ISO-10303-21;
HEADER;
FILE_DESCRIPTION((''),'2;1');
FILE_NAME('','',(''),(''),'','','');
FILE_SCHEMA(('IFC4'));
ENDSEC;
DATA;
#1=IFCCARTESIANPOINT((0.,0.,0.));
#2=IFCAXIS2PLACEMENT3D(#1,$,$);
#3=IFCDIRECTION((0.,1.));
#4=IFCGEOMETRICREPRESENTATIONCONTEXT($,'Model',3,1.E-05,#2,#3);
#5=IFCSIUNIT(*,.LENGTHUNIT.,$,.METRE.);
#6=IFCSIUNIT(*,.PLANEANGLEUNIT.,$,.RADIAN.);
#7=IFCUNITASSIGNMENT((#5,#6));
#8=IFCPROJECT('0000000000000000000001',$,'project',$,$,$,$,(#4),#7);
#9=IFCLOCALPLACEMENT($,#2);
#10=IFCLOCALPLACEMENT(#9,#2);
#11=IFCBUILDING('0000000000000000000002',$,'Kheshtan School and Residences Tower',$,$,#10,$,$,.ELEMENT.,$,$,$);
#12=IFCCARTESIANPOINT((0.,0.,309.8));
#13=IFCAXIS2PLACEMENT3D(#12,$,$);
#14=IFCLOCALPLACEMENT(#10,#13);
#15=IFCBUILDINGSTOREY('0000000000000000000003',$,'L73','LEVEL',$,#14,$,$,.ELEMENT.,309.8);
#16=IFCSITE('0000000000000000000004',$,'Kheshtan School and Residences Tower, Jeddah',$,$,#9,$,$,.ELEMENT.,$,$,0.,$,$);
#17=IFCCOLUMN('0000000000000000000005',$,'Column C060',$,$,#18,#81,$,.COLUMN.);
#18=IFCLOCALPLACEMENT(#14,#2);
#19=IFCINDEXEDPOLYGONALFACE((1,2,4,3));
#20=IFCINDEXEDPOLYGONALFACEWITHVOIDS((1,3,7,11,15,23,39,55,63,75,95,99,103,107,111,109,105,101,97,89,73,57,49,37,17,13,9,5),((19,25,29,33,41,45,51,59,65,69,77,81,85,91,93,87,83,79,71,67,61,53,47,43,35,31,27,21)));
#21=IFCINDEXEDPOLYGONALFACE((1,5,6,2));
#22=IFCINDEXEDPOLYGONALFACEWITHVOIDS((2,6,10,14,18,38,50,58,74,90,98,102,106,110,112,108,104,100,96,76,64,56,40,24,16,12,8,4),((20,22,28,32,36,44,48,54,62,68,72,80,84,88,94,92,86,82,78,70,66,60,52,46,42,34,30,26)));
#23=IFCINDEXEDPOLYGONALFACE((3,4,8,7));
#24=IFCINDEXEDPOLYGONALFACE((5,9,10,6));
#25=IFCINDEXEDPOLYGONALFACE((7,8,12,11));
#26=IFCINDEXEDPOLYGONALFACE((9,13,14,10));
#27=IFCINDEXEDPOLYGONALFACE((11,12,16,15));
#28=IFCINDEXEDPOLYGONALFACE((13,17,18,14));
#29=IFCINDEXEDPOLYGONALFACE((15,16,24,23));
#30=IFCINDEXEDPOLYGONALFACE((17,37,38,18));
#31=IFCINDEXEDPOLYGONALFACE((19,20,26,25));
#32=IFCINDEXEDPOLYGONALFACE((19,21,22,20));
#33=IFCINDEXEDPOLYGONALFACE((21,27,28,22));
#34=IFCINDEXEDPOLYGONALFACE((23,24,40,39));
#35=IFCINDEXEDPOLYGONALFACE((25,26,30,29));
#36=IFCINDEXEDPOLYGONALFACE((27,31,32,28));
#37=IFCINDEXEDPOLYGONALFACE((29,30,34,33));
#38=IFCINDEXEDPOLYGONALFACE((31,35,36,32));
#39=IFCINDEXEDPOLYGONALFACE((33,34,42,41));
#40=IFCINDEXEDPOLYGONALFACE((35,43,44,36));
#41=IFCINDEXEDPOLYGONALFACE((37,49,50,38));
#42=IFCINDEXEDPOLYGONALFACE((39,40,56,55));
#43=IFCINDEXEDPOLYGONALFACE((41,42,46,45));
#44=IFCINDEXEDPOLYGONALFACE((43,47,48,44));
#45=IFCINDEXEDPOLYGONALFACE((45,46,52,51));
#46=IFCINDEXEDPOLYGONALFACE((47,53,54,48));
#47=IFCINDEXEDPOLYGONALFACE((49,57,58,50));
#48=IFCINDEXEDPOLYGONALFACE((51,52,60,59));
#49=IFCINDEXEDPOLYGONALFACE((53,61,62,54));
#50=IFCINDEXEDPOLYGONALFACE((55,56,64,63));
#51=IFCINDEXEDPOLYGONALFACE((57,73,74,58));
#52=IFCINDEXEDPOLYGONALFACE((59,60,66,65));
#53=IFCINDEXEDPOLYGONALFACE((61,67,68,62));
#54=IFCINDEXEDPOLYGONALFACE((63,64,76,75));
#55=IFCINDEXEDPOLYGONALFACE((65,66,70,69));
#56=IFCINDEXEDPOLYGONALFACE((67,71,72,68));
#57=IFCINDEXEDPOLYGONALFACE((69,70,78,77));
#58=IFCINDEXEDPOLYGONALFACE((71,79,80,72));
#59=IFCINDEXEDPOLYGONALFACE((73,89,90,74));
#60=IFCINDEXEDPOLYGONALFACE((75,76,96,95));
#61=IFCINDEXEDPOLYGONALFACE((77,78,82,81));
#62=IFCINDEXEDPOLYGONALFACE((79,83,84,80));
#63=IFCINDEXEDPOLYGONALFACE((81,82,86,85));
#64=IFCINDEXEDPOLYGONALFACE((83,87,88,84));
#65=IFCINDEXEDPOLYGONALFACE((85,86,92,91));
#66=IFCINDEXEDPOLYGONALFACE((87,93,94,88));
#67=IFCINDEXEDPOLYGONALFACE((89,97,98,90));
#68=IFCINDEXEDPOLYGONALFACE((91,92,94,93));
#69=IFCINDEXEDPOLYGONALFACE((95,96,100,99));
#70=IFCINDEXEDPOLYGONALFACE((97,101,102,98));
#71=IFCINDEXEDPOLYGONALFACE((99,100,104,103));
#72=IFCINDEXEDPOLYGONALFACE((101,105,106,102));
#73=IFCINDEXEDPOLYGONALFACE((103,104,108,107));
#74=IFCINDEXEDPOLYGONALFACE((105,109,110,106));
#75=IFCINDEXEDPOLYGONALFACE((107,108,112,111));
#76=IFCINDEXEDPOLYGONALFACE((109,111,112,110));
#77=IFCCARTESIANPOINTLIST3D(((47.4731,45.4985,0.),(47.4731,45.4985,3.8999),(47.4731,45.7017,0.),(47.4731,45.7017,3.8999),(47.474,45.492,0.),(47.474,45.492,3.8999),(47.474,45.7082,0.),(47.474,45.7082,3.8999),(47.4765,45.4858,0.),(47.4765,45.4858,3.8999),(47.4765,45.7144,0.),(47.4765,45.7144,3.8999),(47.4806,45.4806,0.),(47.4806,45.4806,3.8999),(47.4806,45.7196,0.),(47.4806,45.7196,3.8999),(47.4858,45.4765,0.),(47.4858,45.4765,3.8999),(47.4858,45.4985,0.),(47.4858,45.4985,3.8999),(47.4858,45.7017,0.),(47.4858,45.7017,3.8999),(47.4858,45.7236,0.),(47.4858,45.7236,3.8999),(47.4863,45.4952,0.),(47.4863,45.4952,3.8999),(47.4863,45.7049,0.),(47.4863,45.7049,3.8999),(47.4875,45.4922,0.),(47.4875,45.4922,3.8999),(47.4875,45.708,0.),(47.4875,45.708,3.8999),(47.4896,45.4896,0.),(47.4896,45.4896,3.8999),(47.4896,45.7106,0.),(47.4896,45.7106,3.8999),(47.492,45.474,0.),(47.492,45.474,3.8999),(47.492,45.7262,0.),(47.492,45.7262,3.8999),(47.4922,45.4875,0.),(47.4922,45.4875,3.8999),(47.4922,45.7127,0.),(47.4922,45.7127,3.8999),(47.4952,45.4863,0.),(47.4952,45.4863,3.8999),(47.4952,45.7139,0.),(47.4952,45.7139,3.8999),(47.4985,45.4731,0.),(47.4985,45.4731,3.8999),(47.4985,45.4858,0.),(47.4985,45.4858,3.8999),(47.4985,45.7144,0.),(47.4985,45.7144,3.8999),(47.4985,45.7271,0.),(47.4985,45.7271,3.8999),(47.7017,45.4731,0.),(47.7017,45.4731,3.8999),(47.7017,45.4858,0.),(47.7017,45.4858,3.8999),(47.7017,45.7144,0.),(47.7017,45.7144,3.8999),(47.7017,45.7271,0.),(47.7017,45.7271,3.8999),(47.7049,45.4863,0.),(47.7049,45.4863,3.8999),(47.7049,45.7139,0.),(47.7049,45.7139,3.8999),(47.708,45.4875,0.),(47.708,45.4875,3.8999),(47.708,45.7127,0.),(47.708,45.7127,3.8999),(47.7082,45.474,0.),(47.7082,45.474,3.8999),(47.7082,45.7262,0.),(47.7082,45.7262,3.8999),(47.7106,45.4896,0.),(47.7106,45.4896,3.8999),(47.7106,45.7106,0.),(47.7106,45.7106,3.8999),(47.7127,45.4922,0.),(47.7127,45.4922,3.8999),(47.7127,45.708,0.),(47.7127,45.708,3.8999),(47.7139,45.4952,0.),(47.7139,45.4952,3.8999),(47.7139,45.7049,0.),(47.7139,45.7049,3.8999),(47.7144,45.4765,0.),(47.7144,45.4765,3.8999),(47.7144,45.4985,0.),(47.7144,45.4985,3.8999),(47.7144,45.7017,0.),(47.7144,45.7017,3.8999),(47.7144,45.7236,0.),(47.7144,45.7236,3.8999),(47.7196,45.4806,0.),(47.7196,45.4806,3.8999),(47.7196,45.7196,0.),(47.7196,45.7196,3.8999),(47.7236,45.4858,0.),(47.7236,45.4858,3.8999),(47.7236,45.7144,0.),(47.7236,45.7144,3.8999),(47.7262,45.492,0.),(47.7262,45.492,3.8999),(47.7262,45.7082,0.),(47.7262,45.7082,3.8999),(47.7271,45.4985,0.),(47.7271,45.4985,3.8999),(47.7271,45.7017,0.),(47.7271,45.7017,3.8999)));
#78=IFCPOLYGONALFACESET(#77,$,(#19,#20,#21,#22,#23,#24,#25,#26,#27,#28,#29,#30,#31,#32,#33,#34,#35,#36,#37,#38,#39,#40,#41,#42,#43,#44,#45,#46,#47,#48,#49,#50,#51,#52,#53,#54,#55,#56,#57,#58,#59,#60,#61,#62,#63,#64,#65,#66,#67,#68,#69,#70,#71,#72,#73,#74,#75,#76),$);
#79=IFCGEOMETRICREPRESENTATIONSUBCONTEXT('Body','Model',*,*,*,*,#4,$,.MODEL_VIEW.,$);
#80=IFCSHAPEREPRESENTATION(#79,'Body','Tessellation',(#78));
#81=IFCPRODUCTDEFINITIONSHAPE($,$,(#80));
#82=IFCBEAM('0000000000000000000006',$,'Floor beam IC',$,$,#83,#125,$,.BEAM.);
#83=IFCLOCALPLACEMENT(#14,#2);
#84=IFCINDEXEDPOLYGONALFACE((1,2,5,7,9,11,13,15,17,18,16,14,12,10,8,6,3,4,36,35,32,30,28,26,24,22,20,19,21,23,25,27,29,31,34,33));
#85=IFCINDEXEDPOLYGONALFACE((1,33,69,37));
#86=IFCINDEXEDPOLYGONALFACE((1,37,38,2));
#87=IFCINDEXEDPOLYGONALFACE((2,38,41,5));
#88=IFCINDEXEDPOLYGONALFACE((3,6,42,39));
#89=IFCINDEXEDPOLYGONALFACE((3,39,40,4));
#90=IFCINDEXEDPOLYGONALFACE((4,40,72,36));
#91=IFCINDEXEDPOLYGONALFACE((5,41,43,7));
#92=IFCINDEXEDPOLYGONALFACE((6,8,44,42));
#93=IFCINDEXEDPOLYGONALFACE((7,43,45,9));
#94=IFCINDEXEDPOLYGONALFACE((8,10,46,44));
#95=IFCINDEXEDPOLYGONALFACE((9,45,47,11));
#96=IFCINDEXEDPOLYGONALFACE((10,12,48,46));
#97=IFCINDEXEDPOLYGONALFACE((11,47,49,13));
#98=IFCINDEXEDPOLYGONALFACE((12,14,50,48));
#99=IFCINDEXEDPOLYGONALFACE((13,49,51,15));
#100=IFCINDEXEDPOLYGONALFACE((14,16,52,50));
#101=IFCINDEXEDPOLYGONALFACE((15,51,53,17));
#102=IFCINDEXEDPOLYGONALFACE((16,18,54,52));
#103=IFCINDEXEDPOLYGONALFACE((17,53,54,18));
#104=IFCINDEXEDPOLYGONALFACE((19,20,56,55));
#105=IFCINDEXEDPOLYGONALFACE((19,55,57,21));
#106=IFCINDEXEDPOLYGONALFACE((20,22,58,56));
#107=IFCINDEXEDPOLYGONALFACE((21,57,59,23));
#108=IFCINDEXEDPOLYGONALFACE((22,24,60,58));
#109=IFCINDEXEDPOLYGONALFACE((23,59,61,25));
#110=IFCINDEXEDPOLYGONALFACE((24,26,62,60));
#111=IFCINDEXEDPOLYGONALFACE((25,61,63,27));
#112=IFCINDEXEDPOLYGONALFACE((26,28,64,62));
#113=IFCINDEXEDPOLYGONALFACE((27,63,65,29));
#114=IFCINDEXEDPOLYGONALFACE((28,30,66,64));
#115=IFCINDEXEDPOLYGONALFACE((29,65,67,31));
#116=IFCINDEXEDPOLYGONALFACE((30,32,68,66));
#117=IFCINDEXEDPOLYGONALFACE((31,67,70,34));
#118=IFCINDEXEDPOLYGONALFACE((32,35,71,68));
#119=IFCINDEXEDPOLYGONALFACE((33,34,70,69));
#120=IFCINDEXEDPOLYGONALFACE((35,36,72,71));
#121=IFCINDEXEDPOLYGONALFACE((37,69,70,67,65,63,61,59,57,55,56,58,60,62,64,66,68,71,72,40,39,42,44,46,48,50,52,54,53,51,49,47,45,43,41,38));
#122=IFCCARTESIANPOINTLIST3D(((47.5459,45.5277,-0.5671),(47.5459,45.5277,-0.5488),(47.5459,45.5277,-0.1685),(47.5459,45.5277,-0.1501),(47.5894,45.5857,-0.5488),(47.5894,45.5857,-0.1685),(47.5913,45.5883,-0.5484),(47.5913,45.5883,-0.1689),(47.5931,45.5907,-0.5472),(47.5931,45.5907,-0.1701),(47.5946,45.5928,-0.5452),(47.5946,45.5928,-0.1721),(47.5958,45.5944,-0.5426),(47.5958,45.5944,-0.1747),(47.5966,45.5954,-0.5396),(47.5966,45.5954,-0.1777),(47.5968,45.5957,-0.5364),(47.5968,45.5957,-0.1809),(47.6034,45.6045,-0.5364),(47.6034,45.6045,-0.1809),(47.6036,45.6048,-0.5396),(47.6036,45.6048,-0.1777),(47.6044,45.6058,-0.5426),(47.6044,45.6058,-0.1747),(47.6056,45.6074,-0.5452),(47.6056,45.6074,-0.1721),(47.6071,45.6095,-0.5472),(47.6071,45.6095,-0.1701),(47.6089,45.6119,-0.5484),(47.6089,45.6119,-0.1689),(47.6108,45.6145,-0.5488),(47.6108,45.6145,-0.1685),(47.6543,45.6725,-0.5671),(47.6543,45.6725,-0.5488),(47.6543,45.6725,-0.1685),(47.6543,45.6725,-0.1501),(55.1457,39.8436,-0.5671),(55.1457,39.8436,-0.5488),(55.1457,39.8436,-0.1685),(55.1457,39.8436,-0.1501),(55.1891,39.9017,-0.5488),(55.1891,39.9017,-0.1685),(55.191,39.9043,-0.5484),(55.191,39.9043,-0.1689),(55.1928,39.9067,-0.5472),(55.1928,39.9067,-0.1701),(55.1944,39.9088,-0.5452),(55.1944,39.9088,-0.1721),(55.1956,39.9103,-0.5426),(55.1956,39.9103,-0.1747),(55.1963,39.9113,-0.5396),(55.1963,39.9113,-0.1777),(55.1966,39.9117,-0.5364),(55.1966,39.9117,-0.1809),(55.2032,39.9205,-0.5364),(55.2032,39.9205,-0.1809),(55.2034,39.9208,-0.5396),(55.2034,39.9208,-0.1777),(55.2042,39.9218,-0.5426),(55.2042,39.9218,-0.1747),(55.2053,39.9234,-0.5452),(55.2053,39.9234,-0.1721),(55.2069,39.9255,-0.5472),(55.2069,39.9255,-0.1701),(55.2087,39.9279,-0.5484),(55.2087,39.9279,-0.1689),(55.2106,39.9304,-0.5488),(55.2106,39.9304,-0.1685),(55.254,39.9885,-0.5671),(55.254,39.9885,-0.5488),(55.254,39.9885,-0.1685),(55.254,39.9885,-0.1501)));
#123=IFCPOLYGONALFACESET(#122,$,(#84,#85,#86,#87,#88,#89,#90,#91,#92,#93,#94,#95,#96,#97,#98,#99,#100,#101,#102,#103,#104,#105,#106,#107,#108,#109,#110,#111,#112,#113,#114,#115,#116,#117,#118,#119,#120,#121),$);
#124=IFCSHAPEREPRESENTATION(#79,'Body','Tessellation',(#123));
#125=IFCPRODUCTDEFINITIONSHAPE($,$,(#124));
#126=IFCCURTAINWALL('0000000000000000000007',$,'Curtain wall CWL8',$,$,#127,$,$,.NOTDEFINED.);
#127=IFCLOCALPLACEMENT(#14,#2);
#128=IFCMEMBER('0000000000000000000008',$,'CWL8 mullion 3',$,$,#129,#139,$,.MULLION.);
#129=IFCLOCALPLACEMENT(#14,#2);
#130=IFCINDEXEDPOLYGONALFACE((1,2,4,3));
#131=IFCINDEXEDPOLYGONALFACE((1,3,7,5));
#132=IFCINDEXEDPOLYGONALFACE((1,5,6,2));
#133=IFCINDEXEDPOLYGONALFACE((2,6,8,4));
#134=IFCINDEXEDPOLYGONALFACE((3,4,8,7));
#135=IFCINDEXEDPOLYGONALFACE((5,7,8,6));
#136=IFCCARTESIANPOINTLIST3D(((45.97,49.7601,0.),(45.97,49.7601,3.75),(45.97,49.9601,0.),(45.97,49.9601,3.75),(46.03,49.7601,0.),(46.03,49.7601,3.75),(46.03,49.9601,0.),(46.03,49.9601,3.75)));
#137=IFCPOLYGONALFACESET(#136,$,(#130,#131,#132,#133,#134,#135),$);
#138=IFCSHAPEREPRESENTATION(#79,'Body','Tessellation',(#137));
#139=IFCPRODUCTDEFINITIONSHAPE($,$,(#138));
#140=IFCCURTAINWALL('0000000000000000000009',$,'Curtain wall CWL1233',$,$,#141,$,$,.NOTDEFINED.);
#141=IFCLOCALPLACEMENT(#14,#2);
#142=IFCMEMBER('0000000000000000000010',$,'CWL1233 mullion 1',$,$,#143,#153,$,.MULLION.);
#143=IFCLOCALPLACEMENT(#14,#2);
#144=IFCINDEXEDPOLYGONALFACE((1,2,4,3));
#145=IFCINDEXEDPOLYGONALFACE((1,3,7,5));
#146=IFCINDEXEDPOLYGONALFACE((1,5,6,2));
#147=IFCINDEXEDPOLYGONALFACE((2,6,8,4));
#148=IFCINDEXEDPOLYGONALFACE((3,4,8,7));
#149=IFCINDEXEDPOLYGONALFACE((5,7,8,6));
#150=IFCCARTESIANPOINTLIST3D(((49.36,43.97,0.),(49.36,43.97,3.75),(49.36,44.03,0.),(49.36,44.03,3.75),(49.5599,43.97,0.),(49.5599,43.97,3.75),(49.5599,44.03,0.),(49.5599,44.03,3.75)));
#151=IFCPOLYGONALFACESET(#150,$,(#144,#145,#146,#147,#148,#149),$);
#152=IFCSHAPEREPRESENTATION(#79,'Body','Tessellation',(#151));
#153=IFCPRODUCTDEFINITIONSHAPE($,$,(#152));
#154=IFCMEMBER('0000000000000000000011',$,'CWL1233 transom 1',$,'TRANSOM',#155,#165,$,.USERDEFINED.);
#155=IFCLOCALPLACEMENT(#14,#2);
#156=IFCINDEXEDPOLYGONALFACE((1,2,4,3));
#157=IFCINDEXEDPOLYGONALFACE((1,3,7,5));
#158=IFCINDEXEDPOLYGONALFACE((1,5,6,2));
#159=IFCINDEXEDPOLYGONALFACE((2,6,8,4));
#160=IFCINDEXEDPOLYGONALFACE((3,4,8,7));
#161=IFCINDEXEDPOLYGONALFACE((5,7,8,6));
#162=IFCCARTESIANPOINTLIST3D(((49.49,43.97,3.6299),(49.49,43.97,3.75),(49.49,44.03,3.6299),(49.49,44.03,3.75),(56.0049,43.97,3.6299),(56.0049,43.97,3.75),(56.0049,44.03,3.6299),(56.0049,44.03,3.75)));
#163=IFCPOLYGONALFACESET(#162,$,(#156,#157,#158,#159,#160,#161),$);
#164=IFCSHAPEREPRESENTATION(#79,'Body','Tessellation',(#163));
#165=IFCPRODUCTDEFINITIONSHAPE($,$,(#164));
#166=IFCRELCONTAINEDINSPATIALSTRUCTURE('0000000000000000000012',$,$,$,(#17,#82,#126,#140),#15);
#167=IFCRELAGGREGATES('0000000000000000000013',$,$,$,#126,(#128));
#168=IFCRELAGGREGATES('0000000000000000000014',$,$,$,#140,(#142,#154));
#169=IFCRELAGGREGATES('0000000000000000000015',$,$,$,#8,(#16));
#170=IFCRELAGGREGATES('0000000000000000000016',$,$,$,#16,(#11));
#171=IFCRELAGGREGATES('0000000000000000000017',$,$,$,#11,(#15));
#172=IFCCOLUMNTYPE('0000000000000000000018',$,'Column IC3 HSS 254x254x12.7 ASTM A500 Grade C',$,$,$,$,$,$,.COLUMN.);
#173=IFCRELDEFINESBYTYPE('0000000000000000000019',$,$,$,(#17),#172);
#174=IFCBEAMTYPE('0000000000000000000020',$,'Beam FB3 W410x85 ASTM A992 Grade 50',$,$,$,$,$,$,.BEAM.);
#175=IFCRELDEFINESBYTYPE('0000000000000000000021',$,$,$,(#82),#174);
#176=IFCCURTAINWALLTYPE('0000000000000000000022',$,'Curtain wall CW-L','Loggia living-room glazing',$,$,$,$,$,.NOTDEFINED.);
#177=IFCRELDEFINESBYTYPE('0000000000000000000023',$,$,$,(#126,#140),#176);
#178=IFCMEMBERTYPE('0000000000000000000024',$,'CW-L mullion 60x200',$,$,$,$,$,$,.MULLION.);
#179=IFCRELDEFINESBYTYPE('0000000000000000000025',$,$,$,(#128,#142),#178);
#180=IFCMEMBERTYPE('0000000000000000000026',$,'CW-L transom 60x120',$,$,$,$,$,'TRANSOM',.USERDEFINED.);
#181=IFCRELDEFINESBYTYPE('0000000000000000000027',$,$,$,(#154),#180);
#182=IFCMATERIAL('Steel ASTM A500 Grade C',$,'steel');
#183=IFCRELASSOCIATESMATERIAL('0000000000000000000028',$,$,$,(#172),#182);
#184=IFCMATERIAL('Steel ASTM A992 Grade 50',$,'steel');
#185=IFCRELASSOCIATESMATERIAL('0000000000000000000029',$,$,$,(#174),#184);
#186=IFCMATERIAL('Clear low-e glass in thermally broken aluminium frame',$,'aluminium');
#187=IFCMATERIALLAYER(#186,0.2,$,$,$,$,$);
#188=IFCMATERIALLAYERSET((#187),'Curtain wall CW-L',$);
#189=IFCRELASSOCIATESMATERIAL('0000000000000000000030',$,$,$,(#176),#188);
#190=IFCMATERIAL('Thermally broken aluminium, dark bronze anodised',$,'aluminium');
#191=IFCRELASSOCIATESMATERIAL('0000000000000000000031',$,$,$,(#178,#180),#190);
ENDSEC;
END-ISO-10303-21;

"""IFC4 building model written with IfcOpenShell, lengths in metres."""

from ifc_helpers import new_model, si_unit, direction, frame, origin, origin_2d, place, context, subcontext, project, spatial, rectangle, hollow_rectangle, i_section, extrude, material, layer, layer_set, material_profile, profile_set, type_object, element, aggregate, save


model = new_model("IFC4")

# Units and contexts
model_context = context("Model", 3, precision=1e-05, world=origin(), true_north=direction((0.0, 1.0)))
body_context = subcontext(model_context, "Body", "Model", "MODEL_VIEW")
ifc_project = project(units=[si_unit("LENGTHUNIT", "METRE"), si_unit("PLANEANGLEUNIT", "RADIAN")], contexts=[model_context])

# Site, building, storey
site_placement = place(None, origin())
site = spatial("IfcSite", under=ifc_project, at=site_placement, Name="Kheshtan School and Residences Tower, Jeddah", CompositionType="ELEMENT", RefElevation=0.0)
building_placement = place(site_placement, origin())
building = spatial("IfcBuilding", under=site, at=building_placement, Name="Kheshtan School and Residences Tower", CompositionType="ELEMENT")
storey_placement = place(building_placement, frame((0.0, 0.0, 309.8)))
storey = spatial("IfcBuildingStorey", under=building, at=storey_placement, Name="L73", Description="LEVEL", CompositionType="ELEMENT", Elevation=309.8)

# Column
ifc_material_1 = material(Name="Steel ASTM A500 Grade C", Category="steel")
ifc_material_profile_1 = material_profile(ifc_material_1, hollow_rectangle(XDim=0.2539, YDim=0.2539, WallThickness=0.0127, InnerFilletRadius=0.0127, OuterFilletRadius=0.0254, at=origin_2d()), Name="HSS 254x254x12.7")
ifc_profile_set_1 = profile_set([ifc_material_profile_1], Name="Steel ASTM A500 Grade C")
column_type = type_object("IfcColumnType", Name="Column IC3 HSS 254x254x12.7 ASTM A500 Grade C", PredefinedType="COLUMN", material=ifc_profile_set_1)
column_placement = place(storey_placement, frame((47.6001, 45.6001, 0.0), z_axis=(0.0, 0.0, 1.0), x_axis=(1.0, 0.0, 0.0)))
element("IfcColumn", 1, at=column_placement, inside=storey, type_object=column_type, Name="Column C060", PredefinedType="COLUMN", context=body_context, shape_type="SweptSolid", body=[
    extrude(hollow_rectangle(XDim=0.2539, YDim=0.2539, WallThickness=0.0127, InnerFilletRadius=0.0127, OuterFilletRadius=0.0254, at=origin_2d()), origin(), (0.0, 0.0, 1.0), 3.8999),
])

# Beam
ifc_material_2 = material(Name="Steel ASTM A992 Grade 50", Category="steel")
ifc_material_profile_2 = material_profile(ifc_material_2, i_section(OverallWidth=0.1809, OverallDepth=0.417, WebThickness=0.011, FlangeThickness=0.0183, FilletRadius=0.0125, at=origin_2d()), Name="W410x85")
ifc_profile_set_2 = profile_set([ifc_material_profile_2], Name="Steel ASTM A992 Grade 50")
beam_type = type_object("IfcBeamType", Name="Beam FB3 W410x85 ASTM A992 Grade 50", PredefinedType="BEAM", material=ifc_profile_set_2)
beam_placement = place(storey_placement, frame((47.6001, 45.6001, -0.3586), z_axis=(0.800799, -0.598933, 0.0), x_axis=(0.598933, 0.800799, 0.0)))
element("IfcBeam", 2, at=beam_placement, inside=storey, type_object=beam_type, Name="Floor beam IC", PredefinedType="BEAM", context=body_context, shape_type="SweptSolid", body=[
    extrude(i_section(OverallWidth=0.1809, OverallDepth=0.417, WebThickness=0.011, FlangeThickness=0.0183, FilletRadius=0.0125, at=origin_2d()), origin(), (0.0, 0.0, 1.0), 9.4902),
])

# Curtain wall, member
ifc_material_3 = material(Name="Clear low-e glass in thermally broken aluminium frame", Category="aluminium")
ifc_layer_1 = layer(ifc_material_3, 0.2)
ifc_layer_set_1 = layer_set([ifc_layer_1], Name="Curtain wall CW-L")
curtain_wall_type = type_object("IfcCurtainWallType", Name="Curtain wall CW-L", Description="Loggia living-room glazing", PredefinedType="NOTDEFINED", material=ifc_layer_set_1)
curtain_wall_1_placement = place(storey_placement, origin())
curtain_wall_1 = element("IfcCurtainWall", 3, at=curtain_wall_1_placement, inside=storey, type_object=curtain_wall_type, Name="Curtain wall CWL8", PredefinedType="NOTDEFINED")
ifc_material_4 = material(Name="Thermally broken aluminium, dark bronze anodised", Category="aluminium")
ifc_material_profile_3 = material_profile(ifc_material_4, rectangle(XDim=0.0601, YDim=0.2, at=origin_2d()), Name="CW-L mullion 60x200")
ifc_profile_set_3 = profile_set([ifc_material_profile_3], Name="Thermally broken aluminium, dark bronze anodised")
member_type_1 = type_object("IfcMemberType", Name="CW-L mullion 60x200", PredefinedType="MULLION", material=ifc_profile_set_3)
member_1_placement = place(storey_placement, frame((46.0, 49.8601, 0.0), z_axis=(0.0, 0.0, 1.0), x_axis=(1.0, 0.0, 0.0)))
member_1 = element("IfcMember", 4, at=member_1_placement, type_object=member_type_1, Name="CWL8 mullion 3", PredefinedType="MULLION", context=body_context, shape_type="SweptSolid", body=[
    extrude(rectangle(XDim=0.0601, YDim=0.2, at=origin_2d()), origin(), (0.0, 0.0, 1.0), 3.75),
])
aggregate(curtain_wall_1, [member_1])

# Curtain wall, members
curtain_wall_2_placement = place(storey_placement, origin())
curtain_wall_2 = element("IfcCurtainWall", 5, at=curtain_wall_2_placement, inside=storey, type_object=curtain_wall_type, Name="Curtain wall CWL1233", PredefinedType="NOTDEFINED")
member_2_placement = place(storey_placement, frame((49.46, 44.0, 0.0), z_axis=(0.0, 0.0, 1.0), x_axis=(0.0, 1.0, 0.0)))
member_2 = element("IfcMember", 6, at=member_2_placement, type_object=member_type_1, Name="CWL1233 mullion 1", PredefinedType="MULLION", context=body_context, shape_type="SweptSolid", body=[
    extrude(rectangle(XDim=0.0601, YDim=0.2, at=origin_2d()), origin(), (0.0, 0.0, 1.0), 3.75),
])
ifc_material_profile_4 = material_profile(ifc_material_4, rectangle(XDim=0.0601, YDim=0.1201, at=origin_2d()), Name="CW-L transom 60x120")
ifc_profile_set_4 = profile_set([ifc_material_profile_4], Name="Thermally broken aluminium, dark bronze anodised")
member_type_2 = type_object("IfcMemberType", Name="CW-L transom 60x120", ElementType="TRANSOM", PredefinedType="USERDEFINED", material=ifc_profile_set_4)
member_3_placement = place(storey_placement, frame((49.49, 44.0, 3.6899), z_axis=(1.0, 0.0, 0.0), x_axis=(0.0, 1.0, 0.0)))
member_3 = element("IfcMember", 7, at=member_3_placement, type_object=member_type_2, Name="CWL1233 transom 1", ObjectType="TRANSOM", PredefinedType="USERDEFINED", context=body_context, shape_type="SweptSolid", body=[
    extrude(rectangle(XDim=0.0601, YDim=0.1201, at=origin_2d()), origin(), (0.0, 0.0, 1.0), 6.5149),
])
aggregate(curtain_wall_2, [member_2, member_3])

save(model, "model.ifc")
